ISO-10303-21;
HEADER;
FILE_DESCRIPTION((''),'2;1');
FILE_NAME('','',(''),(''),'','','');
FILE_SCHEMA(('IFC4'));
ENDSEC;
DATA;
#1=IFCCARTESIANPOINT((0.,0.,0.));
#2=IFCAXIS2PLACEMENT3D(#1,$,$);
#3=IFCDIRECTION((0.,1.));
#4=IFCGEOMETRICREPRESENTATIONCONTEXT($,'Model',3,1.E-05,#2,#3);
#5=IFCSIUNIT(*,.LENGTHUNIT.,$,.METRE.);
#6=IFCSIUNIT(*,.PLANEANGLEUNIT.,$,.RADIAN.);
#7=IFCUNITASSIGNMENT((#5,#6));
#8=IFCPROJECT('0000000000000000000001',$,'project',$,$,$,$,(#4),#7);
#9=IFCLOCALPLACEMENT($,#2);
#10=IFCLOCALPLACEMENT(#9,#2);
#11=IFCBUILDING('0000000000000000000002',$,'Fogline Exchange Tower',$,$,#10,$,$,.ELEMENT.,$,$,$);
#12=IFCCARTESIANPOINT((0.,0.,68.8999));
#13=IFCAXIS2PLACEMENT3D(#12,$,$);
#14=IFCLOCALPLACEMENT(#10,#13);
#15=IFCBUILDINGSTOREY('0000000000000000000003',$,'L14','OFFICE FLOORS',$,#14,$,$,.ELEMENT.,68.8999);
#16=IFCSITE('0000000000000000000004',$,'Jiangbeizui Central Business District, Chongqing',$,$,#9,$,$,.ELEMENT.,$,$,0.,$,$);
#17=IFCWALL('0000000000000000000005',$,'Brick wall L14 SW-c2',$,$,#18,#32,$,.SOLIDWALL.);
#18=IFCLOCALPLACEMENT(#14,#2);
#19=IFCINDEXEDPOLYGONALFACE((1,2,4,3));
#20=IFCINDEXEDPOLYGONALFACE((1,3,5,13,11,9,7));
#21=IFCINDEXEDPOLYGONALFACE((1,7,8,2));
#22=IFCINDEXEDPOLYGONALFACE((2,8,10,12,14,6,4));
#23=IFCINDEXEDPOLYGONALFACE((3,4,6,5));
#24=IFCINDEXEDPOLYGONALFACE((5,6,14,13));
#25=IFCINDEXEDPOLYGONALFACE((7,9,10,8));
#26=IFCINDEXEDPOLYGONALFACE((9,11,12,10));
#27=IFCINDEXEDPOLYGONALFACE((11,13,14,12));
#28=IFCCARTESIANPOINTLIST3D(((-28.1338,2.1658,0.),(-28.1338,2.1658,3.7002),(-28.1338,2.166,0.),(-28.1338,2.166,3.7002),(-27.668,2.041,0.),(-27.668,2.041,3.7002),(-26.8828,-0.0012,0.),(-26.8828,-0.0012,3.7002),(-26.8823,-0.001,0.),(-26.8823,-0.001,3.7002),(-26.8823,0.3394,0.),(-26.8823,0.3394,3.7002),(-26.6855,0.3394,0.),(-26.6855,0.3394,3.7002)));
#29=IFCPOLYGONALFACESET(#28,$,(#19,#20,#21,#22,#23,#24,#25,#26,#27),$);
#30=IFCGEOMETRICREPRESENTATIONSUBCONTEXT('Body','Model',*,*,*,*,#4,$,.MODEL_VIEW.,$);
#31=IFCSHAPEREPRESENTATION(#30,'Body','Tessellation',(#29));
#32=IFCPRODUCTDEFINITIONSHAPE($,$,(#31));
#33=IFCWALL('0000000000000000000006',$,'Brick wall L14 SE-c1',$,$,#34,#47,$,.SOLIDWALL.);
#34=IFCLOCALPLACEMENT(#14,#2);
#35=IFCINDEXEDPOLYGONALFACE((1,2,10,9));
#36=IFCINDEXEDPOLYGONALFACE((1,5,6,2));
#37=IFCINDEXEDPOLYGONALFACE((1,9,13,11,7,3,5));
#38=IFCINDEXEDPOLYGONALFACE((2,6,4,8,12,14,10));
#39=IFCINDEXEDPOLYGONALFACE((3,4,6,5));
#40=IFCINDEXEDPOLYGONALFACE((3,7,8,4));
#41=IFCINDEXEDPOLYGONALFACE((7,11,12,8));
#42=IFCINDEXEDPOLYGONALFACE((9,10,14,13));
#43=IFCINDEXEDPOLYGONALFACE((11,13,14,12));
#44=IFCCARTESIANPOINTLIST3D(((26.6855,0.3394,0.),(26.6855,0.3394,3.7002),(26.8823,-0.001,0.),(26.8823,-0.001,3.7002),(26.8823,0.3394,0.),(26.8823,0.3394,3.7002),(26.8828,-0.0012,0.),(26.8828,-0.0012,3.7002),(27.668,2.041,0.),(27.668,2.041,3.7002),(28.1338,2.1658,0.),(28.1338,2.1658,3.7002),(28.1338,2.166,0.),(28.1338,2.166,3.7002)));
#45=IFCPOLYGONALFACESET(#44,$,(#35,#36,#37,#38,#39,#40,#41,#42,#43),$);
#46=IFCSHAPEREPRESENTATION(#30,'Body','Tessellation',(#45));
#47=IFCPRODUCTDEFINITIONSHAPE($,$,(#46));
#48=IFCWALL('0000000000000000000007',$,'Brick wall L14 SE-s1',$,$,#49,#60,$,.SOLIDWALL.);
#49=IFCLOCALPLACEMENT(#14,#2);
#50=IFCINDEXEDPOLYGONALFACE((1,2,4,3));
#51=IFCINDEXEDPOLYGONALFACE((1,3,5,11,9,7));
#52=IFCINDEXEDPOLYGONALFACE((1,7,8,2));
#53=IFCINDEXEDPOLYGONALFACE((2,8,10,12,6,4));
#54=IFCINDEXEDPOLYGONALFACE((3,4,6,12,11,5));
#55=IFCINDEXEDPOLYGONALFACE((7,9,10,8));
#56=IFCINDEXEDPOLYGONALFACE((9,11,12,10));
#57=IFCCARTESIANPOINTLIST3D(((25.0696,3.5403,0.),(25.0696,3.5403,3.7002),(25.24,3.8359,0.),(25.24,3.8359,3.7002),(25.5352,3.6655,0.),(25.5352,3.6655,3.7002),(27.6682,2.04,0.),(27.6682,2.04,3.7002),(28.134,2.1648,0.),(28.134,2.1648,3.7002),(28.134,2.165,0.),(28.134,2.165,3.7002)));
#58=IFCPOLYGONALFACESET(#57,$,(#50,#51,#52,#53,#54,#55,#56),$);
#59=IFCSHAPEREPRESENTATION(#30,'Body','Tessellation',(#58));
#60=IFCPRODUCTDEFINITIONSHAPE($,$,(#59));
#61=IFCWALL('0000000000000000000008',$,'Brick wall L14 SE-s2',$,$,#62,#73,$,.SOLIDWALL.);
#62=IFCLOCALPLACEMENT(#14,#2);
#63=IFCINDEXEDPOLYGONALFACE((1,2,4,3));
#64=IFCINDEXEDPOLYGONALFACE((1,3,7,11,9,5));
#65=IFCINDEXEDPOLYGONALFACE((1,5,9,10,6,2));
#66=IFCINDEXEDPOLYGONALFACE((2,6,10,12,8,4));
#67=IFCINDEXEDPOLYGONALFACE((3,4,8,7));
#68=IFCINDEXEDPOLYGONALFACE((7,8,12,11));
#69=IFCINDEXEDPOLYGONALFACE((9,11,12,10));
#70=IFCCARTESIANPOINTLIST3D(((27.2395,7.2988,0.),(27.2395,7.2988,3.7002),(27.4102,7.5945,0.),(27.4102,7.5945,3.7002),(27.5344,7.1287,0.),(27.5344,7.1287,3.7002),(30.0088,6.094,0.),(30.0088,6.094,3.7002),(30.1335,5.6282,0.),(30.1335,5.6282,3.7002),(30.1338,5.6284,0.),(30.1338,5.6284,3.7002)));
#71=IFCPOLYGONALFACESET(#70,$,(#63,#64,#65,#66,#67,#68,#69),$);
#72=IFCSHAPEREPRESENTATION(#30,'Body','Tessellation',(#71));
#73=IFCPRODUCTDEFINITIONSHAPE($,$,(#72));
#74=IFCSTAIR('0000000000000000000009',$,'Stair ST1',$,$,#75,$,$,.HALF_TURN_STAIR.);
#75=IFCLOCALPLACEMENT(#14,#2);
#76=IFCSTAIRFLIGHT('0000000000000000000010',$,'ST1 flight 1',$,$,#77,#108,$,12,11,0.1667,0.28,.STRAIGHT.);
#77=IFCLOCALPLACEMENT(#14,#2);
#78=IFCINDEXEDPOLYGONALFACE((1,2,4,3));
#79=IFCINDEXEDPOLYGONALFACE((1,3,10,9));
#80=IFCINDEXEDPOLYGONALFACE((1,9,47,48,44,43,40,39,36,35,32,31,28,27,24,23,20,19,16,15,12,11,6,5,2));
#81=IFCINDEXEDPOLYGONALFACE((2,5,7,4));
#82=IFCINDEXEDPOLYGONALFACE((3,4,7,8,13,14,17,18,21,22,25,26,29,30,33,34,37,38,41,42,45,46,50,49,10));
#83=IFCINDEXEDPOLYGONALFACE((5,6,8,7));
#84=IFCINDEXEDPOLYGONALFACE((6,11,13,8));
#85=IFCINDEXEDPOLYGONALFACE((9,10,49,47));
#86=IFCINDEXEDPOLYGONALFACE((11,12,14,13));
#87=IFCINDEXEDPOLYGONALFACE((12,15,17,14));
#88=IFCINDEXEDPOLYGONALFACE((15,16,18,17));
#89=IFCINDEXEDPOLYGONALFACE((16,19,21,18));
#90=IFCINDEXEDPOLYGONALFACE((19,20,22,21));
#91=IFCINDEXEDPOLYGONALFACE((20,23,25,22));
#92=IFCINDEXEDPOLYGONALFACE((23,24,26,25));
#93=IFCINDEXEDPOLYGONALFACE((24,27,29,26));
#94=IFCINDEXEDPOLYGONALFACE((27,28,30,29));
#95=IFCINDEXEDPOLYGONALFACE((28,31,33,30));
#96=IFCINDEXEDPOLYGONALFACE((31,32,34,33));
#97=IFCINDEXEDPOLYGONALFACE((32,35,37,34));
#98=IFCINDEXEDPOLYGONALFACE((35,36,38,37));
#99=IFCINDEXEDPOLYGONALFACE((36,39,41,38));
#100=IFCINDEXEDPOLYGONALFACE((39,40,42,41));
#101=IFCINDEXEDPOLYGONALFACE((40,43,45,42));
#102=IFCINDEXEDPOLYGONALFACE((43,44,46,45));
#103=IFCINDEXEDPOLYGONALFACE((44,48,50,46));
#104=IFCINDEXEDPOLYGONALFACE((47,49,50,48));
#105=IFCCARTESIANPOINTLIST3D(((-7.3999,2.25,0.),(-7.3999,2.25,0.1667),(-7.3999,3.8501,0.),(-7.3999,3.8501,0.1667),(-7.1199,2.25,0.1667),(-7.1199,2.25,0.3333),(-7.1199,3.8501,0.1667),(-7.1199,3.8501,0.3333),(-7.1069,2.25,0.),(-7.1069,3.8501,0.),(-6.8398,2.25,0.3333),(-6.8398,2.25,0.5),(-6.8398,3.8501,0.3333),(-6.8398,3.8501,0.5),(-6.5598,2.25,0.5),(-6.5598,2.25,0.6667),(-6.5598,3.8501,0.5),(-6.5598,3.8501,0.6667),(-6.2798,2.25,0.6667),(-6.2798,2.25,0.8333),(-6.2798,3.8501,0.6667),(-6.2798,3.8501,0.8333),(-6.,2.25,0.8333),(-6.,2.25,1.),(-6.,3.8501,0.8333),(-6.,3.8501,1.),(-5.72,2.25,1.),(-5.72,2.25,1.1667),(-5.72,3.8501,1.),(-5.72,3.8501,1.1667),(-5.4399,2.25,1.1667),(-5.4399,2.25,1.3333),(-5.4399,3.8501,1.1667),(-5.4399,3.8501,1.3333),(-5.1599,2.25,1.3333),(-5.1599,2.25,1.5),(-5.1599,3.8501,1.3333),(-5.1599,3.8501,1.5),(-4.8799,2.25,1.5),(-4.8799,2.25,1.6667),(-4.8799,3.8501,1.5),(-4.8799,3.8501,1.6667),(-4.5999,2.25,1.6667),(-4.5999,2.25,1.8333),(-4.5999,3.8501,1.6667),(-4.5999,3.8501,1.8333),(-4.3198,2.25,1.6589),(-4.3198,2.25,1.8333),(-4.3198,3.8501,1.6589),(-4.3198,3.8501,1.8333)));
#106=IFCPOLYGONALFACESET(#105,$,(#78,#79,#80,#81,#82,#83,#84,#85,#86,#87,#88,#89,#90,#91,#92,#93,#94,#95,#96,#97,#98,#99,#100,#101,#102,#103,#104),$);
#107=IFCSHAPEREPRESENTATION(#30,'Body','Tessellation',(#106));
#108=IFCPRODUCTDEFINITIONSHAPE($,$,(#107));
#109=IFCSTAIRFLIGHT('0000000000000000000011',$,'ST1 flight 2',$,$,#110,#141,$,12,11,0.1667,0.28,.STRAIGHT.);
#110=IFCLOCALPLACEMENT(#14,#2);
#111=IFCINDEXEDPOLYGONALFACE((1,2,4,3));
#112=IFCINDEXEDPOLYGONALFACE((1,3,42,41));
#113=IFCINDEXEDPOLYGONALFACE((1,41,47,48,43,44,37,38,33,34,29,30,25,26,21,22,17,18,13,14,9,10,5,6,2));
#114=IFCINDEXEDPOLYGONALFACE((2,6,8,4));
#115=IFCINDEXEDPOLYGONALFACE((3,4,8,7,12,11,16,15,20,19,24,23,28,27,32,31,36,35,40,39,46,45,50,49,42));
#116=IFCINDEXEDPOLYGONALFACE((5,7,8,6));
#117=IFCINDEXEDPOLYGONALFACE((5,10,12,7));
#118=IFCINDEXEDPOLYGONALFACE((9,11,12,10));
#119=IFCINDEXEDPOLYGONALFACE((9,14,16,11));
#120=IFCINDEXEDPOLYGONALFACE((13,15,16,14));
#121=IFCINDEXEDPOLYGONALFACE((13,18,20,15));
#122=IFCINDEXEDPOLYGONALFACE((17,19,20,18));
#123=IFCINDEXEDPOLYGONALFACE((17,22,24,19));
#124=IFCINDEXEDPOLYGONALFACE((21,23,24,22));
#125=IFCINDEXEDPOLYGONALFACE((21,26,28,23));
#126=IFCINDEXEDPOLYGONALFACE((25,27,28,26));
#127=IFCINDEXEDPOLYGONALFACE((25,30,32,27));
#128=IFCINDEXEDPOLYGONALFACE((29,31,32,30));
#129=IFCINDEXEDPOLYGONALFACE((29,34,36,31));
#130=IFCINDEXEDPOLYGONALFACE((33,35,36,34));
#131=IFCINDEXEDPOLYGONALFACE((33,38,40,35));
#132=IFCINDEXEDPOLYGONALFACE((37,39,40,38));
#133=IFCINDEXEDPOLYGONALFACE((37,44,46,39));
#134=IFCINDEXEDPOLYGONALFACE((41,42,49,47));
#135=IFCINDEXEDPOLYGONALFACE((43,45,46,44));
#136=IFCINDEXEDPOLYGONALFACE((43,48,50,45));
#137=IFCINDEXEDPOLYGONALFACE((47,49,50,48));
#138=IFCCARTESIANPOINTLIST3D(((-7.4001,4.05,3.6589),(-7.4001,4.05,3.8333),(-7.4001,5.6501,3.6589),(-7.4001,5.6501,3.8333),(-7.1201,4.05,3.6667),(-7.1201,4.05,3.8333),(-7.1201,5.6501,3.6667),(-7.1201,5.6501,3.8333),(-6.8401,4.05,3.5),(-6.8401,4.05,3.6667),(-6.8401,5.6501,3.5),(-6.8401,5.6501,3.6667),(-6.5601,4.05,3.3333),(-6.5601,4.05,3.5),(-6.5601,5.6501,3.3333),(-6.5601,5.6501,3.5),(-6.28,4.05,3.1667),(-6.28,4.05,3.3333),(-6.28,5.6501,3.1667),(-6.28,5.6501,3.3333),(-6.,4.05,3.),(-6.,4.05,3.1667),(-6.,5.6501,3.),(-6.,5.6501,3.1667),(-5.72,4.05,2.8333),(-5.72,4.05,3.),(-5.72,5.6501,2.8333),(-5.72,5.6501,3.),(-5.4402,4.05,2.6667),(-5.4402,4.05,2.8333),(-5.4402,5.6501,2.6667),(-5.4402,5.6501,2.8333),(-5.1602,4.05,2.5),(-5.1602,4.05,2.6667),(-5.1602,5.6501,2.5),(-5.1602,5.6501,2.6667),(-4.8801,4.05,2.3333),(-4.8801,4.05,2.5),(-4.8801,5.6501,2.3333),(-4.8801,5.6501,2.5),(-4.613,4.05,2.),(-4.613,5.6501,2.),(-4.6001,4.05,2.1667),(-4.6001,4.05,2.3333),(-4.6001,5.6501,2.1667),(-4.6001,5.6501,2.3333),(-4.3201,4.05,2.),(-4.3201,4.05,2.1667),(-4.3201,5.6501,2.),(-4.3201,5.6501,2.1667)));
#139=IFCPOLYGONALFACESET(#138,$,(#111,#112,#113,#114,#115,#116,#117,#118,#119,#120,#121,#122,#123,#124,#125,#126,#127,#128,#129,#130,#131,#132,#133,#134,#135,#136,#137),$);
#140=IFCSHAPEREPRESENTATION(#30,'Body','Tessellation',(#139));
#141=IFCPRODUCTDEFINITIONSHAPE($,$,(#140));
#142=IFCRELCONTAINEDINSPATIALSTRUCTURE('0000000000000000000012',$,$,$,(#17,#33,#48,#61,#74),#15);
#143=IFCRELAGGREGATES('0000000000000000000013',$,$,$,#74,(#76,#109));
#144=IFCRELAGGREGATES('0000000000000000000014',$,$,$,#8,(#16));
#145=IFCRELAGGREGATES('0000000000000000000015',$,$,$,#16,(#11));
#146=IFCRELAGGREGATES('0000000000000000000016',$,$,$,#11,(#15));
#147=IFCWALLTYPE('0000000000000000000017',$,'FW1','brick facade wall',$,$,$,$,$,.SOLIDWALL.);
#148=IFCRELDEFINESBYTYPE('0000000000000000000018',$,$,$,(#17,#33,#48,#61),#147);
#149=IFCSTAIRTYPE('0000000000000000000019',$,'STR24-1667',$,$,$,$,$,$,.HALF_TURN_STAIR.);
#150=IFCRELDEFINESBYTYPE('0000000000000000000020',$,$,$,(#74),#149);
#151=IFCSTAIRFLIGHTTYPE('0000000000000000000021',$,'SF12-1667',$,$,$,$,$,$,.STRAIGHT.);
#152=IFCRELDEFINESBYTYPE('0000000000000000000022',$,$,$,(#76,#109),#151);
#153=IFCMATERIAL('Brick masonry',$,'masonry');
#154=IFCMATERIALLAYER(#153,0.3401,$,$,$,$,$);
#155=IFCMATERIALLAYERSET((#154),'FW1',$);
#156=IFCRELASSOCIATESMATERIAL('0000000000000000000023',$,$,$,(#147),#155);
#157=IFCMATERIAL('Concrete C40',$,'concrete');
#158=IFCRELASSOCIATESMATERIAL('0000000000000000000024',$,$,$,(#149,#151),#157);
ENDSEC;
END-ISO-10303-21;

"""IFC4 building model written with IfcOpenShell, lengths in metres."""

from ifc_helpers import new_model, si_unit, direction, frame, origin, place, context, subcontext, project, spatial, polyline, outline, extrude, material, layer, layer_set, type_object, element, aggregate, save


model = new_model("IFC4")

# Units and contexts
model_context = context("Model", 3, precision=1e-05, world=origin(), true_north=direction((0.0, 1.0)))
body_context = subcontext(model_context, "Body", "Model", "MODEL_VIEW")
ifc_project = project(units=[si_unit("LENGTHUNIT", "METRE"), si_unit("PLANEANGLEUNIT", "RADIAN")], contexts=[model_context])

# Site, building, storey
site_placement = place(None, origin())
site = spatial("IfcSite", under=ifc_project, at=site_placement, Name="Jiangbeizui Central Business District, Chongqing", CompositionType="ELEMENT", RefElevation=0.0)
building_placement = place(site_placement, origin())
building = spatial("IfcBuilding", under=site, at=building_placement, Name="Fogline Exchange Tower", CompositionType="ELEMENT")
storey_placement = place(building_placement, frame((0.0, 0.0, 68.8999)))
storey = spatial("IfcBuildingStorey", under=building, at=storey_placement, Name="L14", Description="OFFICE FLOORS", CompositionType="ELEMENT", Elevation=68.8999)

# Shared definitions
ifc_material_1 = material(Name="Concrete C40", Category="concrete")

# Walls
ifc_material_2 = material(Name="Brick masonry", Category="masonry")
ifc_layer_1 = layer(ifc_material_2, 0.3401)
ifc_layer_set_1 = layer_set([ifc_layer_1], Name="FW1")
wall_type_1 = type_object("IfcWallType", Name="FW1", Description="brick facade wall", PredefinedType="SOLIDWALL", material=ifc_layer_set_1)
wall_1_placement = place(storey_placement, origin())
element("IfcWall", 1, at=wall_1_placement, inside=storey, type_object=wall_type_1, Name="Brick wall L14 SW-c2", PredefinedType="SOLIDWALL", context=body_context, shape_type="SweptSolid", body=[
    extrude(outline(polyline([(-26.6855, 0.3394), (-26.8823, 0.3394), (-26.8823, -0.001), (-26.8828, -0.0012), (-28.1338, 2.1658), (-28.1338, 2.166), (-27.668, 2.041), (-26.6855, 0.3394)])), origin(), (0.0, 0.0, 1.0), 3.7002),
])
wall_2_placement = place(storey_placement, origin())
element("IfcWall", 2, at=wall_2_placement, inside=storey, type_object=wall_type_1, Name="Brick wall L14 SE-c1", PredefinedType="SOLIDWALL", context=body_context, shape_type="SweptSolid", body=[
    extrude(outline(polyline([(28.1338, 2.1658), (26.8828, -0.0012), (26.8823, -0.001), (26.8823, 0.3394), (26.6855, 0.3394), (27.668, 2.041), (28.1338, 2.166), (28.1338, 2.1658)])), origin(), (0.0, 0.0, 1.0), 3.7002),
])
wall_3_placement = place(storey_placement, origin())
element("IfcWall", 3, at=wall_3_placement, inside=storey, type_object=wall_type_1, Name="Brick wall L14 SE-s1", PredefinedType="SOLIDWALL", context=body_context, shape_type="SweptSolid", body=[
    extrude(outline(polyline([(25.0696, 3.5403), (25.24, 3.8359), (25.5352, 3.6655), (28.134, 2.165), (28.134, 2.1648), (27.6682, 2.04), (25.0696, 3.5403)])), origin(), (0.0, 0.0, 1.0), 3.7002),
])
wall_4_placement = place(storey_placement, origin())
element("IfcWall", 4, at=wall_4_placement, inside=storey, type_object=wall_type_1, Name="Brick wall L14 SE-s2", PredefinedType="SOLIDWALL", context=body_context, shape_type="SweptSolid", body=[
    extrude(outline(polyline([(30.1335, 5.6282), (27.5344, 7.1287), (27.2395, 7.2988), (27.4102, 7.5945), (30.0088, 6.094), (30.1338, 5.6284), (30.1335, 5.6282)])), origin(), (0.0, 0.0, 1.0), 3.7002),
])

# Stair, stair flights
stair_type = type_object("IfcStairType", Name="STR24-1667", PredefinedType="HALF_TURN_STAIR", material=ifc_material_1)
stair_placement = place(storey_placement, origin())
stair = element("IfcStair", 5, at=stair_placement, inside=storey, type_object=stair_type, Name="Stair ST1", PredefinedType="HALF_TURN_STAIR")
stair_flight_type = type_object("IfcStairFlightType", Name="SF12-1667", PredefinedType="STRAIGHT", material=ifc_material_1)
stair_flight_1_placement = place(storey_placement, frame((-7.3999, 3.05, 0.0), z_axis=(0.0, 0.0, 1.0), x_axis=(1.0, 0.0, 0.0)))
stair_flight_1 = element("IfcStairFlight", 6, at=stair_flight_1_placement, type_object=stair_flight_type, Name="ST1 flight 1", NumberOfRisers=12, NumberOfTreads=11, PredefinedType="STRAIGHT", RiserHeight=0.1667, TreadLength=0.28, context=body_context, shape_type="SweptSolid", body=[
    extrude(outline(polyline([(0.0, 0.0), (0.0, 0.1667), (0.28, 0.1667), (0.28, 0.3333), (0.5601, 0.3333), (0.5601, 0.5), (0.8401, 0.5), (0.8401, 0.6667), (1.1201, 0.6667), (1.1201, 0.8333), (1.3999, 0.8333), (1.3999, 1.0), (1.6799, 1.0), (1.6799, 1.1667), (1.96, 1.1667), (1.96, 1.3333), (2.24, 1.3333), (2.24, 1.5), (2.52, 1.5), (2.52, 1.6667), (2.8, 1.6667), (2.8, 1.8333), (3.0801, 1.8333), (3.0801, 2.0), (3.0801, 1.6589), (0.293, 0.0), (0.0, 0.0)])), frame((0.0, 0.8, 0.0), z_axis=(0.0, -1.0, 0.0), x_axis=(1.0, 0.0, 0.0)), (0.0, 0.0, 1.0), 1.6001),
])
stair_flight_2_placement = place(storey_placement, frame((-4.3201, 4.8501, 2.0), z_axis=(0.0, 0.0, 1.0), x_axis=(-1.0, 0.0, 0.0)))
stair_flight_2 = element("IfcStairFlight", 7, at=stair_flight_2_placement, type_object=stair_flight_type, Name="ST1 flight 2", NumberOfRisers=12, NumberOfTreads=11, PredefinedType="STRAIGHT", RiserHeight=0.1667, TreadLength=0.28, context=body_context, shape_type="SweptSolid", body=[
    extrude(outline(polyline([(0.0, 0.0), (0.0, 0.1667), (0.28, 0.1667), (0.28, 0.3333), (0.5601, 0.3333), (0.5601, 0.5), (0.8401, 0.5), (0.8401, 0.6667), (1.1201, 0.6667), (1.1201, 0.8333), (1.3999, 0.8333), (1.3999, 1.0), (1.6799, 1.0), (1.6799, 1.1667), (1.96, 1.1667), (1.96, 1.3333), (2.24, 1.3333), (2.24, 1.5), (2.52, 1.5), (2.52, 1.6667), (2.8, 1.6667), (2.8, 1.8333), (3.0801, 1.8333), (3.0801, 2.0), (3.0801, 1.6589), (0.293, 0.0), (0.0, 0.0)])), frame((0.0, 0.8, 0.0), z_axis=(0.0, -1.0, 0.0), x_axis=(1.0, 0.0, 0.0)), (0.0, 0.0, 1.0), 1.6001),
])
aggregate(stair, [stair_flight_1, stair_flight_2])

save(model, "model.ifc")
